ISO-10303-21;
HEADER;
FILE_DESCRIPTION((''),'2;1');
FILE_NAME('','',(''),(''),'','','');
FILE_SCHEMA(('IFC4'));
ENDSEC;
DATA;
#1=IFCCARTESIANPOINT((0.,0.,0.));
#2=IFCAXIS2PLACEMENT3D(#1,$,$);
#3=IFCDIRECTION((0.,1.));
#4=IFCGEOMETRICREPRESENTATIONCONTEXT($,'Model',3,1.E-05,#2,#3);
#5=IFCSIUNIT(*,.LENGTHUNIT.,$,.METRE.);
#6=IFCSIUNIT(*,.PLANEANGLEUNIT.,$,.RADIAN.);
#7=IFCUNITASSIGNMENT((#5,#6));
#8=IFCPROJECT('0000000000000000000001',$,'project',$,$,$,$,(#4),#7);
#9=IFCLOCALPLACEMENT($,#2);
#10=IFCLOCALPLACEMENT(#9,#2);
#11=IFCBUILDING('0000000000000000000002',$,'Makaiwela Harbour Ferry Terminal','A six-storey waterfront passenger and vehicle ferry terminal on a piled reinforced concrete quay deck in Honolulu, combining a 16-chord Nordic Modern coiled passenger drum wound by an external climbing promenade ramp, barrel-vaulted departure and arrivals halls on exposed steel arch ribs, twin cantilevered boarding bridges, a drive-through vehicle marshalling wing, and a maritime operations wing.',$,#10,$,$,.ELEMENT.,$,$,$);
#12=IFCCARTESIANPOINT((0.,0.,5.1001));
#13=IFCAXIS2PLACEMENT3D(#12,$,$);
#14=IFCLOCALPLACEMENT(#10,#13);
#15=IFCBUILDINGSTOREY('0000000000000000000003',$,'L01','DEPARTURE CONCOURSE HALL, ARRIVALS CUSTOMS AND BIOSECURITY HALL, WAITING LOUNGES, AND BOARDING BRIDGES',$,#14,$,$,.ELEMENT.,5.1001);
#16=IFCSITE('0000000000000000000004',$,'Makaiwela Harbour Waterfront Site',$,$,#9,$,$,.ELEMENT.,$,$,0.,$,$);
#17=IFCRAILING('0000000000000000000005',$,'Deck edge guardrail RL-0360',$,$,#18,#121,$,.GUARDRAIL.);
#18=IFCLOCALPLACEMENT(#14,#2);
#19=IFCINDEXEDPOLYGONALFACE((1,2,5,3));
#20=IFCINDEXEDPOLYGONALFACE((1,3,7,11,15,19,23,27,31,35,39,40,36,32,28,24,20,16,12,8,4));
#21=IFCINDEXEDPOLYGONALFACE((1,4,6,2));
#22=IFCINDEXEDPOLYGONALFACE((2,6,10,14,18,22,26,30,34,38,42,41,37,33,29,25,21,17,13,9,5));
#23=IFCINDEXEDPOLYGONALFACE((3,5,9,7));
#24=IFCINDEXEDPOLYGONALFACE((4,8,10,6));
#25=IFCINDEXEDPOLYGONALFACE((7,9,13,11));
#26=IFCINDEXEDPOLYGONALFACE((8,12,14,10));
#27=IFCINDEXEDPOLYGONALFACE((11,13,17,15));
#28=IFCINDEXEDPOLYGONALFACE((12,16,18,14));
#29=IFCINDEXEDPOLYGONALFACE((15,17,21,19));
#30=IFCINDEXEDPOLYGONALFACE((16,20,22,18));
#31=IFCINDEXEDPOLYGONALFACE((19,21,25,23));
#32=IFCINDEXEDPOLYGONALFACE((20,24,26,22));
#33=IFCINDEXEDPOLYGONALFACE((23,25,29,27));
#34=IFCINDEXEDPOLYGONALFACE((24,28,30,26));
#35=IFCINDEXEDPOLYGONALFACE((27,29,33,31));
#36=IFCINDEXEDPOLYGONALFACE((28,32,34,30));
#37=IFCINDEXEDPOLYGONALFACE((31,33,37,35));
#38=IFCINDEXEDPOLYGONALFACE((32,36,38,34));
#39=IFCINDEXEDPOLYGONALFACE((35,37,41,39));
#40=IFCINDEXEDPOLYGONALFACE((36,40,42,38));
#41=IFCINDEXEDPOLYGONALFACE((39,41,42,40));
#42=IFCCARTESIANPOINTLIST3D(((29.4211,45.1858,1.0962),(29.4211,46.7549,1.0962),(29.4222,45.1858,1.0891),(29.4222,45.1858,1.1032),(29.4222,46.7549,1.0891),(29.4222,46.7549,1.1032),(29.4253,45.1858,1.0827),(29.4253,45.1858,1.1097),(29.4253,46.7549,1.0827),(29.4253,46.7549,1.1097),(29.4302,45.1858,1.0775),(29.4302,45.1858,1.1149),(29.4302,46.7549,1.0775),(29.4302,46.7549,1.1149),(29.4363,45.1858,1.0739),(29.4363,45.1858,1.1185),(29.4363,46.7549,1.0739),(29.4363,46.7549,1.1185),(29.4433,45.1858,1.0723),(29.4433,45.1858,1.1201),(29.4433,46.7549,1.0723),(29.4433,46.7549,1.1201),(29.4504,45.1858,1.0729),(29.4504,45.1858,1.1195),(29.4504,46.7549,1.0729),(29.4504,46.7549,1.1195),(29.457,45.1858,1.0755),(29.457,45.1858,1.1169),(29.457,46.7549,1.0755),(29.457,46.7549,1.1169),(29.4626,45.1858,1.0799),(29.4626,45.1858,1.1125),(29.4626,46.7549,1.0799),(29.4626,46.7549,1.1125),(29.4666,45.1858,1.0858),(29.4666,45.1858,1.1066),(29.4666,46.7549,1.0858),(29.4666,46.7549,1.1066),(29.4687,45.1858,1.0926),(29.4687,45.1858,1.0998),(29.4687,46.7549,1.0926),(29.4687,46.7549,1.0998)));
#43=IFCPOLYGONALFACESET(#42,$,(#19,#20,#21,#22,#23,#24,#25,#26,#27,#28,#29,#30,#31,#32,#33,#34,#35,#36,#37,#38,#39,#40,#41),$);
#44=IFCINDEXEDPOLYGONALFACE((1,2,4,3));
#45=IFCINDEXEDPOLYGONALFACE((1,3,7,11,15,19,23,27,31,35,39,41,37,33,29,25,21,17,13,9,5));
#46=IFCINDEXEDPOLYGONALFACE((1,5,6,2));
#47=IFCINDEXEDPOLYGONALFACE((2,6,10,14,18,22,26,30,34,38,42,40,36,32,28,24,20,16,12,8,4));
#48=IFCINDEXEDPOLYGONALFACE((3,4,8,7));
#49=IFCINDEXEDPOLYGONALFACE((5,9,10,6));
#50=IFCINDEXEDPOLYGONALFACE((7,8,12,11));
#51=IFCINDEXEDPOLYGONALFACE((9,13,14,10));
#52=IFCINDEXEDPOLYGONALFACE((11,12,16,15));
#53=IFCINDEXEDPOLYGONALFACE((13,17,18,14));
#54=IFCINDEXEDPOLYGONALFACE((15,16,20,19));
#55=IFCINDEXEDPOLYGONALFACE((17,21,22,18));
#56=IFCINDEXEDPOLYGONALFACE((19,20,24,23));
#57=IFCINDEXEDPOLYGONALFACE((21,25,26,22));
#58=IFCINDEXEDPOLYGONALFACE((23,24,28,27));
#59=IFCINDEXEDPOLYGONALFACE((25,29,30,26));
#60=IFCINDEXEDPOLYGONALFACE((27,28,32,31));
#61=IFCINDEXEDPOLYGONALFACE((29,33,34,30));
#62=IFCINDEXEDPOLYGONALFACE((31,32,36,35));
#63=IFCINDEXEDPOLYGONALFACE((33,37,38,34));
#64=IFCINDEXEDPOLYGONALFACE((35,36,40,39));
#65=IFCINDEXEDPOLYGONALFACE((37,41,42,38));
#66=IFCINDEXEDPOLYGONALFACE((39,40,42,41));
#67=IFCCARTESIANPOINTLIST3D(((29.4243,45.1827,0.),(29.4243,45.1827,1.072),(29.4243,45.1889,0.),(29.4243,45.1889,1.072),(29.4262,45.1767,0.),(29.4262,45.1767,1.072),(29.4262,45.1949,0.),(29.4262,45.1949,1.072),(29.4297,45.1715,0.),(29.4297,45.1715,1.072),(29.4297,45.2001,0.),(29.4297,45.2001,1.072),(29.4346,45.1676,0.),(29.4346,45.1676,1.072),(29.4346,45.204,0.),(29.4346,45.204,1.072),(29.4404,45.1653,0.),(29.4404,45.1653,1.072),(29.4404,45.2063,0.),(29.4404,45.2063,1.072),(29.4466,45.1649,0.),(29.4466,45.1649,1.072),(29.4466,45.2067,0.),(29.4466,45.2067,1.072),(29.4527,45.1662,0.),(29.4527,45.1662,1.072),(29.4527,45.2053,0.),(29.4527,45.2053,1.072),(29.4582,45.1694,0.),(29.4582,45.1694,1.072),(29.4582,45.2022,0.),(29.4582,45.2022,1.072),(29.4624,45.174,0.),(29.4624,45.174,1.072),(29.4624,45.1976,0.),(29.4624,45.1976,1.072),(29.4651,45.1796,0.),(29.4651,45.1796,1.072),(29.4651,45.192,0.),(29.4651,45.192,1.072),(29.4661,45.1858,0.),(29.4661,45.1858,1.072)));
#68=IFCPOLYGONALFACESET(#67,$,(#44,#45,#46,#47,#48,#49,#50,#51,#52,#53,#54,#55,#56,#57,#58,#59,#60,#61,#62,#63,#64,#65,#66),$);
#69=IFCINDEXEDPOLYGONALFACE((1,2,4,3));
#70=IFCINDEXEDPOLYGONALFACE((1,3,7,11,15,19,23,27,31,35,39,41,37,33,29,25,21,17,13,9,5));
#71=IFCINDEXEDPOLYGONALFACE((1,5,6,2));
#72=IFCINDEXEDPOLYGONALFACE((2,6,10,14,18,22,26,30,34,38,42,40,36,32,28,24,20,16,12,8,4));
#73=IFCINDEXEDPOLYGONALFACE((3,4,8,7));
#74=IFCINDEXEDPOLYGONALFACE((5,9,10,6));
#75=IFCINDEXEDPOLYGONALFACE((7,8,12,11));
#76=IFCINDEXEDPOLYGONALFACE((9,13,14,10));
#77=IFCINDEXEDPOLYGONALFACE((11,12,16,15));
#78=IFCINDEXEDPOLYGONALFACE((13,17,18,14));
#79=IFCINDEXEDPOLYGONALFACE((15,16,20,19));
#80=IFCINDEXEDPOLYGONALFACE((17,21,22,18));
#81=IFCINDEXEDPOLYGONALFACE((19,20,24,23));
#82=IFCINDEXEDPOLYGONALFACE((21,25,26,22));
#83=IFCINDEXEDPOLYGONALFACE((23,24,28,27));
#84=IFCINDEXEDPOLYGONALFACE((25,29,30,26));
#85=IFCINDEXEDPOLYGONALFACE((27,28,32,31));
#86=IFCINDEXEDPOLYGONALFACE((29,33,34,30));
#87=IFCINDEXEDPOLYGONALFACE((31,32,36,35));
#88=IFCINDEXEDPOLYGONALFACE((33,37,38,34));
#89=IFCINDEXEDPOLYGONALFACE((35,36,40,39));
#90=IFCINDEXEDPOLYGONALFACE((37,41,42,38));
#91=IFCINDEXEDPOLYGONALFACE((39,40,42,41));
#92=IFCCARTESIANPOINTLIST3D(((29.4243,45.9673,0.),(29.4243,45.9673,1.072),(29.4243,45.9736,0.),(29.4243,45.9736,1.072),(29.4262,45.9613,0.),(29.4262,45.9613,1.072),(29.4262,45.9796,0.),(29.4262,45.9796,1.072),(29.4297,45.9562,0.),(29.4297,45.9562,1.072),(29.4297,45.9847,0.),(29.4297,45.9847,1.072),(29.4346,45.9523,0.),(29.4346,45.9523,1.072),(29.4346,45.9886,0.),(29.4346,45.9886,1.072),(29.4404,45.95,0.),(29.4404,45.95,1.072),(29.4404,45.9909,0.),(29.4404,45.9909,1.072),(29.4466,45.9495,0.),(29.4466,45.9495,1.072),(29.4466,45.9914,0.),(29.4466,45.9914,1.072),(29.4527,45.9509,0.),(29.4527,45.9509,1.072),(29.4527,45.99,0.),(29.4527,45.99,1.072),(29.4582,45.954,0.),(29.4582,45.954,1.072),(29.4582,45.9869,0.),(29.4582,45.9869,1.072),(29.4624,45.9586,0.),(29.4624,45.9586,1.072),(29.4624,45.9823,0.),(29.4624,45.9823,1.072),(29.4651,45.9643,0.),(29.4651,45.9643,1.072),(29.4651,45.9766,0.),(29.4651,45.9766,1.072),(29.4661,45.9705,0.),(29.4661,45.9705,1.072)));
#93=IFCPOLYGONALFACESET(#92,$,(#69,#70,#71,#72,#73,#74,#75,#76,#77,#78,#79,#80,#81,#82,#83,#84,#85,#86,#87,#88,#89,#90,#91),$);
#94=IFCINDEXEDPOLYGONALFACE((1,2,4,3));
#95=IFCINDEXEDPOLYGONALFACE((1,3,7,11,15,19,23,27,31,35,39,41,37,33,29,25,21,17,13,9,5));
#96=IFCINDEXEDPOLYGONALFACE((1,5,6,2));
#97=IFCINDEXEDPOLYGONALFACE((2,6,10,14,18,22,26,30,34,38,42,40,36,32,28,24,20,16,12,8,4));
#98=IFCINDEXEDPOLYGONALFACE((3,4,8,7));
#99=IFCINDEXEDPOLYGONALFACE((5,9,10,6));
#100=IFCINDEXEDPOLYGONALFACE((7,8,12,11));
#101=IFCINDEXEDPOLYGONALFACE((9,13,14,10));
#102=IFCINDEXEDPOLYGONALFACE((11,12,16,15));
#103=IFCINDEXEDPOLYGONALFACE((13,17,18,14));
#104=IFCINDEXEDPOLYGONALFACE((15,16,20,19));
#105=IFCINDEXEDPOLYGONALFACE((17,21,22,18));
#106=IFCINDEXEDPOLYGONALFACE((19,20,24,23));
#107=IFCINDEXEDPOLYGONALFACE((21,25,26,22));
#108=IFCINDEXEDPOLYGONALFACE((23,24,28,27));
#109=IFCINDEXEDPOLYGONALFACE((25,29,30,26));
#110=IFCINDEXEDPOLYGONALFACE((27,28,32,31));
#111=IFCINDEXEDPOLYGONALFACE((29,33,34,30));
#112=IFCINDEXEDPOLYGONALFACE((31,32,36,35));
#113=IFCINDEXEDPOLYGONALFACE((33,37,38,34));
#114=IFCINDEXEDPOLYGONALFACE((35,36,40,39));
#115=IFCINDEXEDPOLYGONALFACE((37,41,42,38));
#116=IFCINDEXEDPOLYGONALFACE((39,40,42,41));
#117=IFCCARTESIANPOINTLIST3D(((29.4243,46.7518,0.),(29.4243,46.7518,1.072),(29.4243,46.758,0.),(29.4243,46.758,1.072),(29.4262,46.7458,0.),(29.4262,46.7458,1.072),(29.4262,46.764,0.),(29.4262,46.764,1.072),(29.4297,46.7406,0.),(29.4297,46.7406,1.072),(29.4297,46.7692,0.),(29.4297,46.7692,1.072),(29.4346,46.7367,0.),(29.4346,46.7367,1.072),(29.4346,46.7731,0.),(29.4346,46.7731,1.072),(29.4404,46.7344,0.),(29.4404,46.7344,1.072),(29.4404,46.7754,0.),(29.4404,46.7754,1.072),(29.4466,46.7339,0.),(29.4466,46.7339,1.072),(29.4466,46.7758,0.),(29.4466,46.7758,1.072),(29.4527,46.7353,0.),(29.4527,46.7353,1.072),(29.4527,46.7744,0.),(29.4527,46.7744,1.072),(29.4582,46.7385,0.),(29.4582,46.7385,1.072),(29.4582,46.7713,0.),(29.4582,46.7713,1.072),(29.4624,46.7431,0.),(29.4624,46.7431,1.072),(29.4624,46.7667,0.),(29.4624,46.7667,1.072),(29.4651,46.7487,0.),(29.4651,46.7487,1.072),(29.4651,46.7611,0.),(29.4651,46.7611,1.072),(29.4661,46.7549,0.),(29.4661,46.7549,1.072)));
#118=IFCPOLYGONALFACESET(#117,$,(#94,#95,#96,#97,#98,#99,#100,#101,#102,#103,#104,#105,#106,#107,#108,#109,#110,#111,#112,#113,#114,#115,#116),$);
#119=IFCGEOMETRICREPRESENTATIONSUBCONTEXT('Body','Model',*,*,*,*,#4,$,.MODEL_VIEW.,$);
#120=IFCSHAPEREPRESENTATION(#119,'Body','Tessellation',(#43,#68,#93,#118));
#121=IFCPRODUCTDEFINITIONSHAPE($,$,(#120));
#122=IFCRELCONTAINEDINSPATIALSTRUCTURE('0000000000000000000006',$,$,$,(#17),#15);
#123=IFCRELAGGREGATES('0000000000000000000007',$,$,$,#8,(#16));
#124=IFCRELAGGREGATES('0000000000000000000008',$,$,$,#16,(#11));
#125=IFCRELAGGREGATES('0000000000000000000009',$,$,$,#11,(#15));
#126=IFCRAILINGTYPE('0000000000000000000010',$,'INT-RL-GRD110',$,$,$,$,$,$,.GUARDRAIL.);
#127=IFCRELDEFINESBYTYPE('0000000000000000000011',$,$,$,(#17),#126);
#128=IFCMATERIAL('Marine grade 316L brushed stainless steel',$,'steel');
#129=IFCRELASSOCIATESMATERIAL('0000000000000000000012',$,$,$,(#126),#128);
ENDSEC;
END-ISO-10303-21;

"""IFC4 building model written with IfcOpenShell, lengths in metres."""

from ifc_helpers import new_model, si_unit, direction, frame, origin, origin_2d, place, context, subcontext, project, spatial, circle, extrude, material, type_object, element, save


model = new_model("IFC4")

# Units and contexts
model_context = context("Model", 3, precision=1e-05, world=origin(), true_north=direction((0.0, 1.0)))
body_context = subcontext(model_context, "Body", "Model", "MODEL_VIEW")
ifc_project = project(units=[si_unit("LENGTHUNIT", "METRE"), si_unit("PLANEANGLEUNIT", "RADIAN")], contexts=[model_context])

# Site, building, storey
site_placement = place(None, origin())
site = spatial("IfcSite", under=ifc_project, at=site_placement, Name="Makaiwela Harbour Waterfront Site", CompositionType="ELEMENT", RefElevation=0.0)
building_placement = place(site_placement, origin())
building = spatial("IfcBuilding", under=site, at=building_placement, Name="Makaiwela Harbour Ferry Terminal", Description="A six-storey waterfront passenger and vehicle ferry terminal on a piled reinforced concrete quay deck in Honolulu, combining a 16-chord Nordic Modern coiled passenger drum wound by an external climbing promenade ramp, barrel-vaulted departure and arrivals halls on exposed steel arch ribs, twin cantilevered boarding bridges, a drive-through vehicle marshalling wing, and a maritime operations wing.", CompositionType="ELEMENT")
storey_placement = place(building_placement, frame((0.0, 0.0, 5.1001)))
storey = spatial("IfcBuildingStorey", under=building, at=storey_placement, Name="L01", Description="DEPARTURE CONCOURSE HALL, ARRIVALS CUSTOMS AND BIOSECURITY HALL, WAITING LOUNGES, AND BOARDING BRIDGES", CompositionType="ELEMENT", Elevation=5.1001)

# Railing
ifc_material_1 = material(Name="Marine grade 316L brushed stainless steel", Category="steel")
railing_type = type_object("IfcRailingType", Name="INT-RL-GRD110", PredefinedType="GUARDRAIL", material=ifc_material_1)
railing_1_placement = place(storey_placement, frame((29.4451, 45.1858, 0.0)))
element("IfcRailing", 1, at=railing_1_placement, inside=storey, type_object=railing_type, Name="Deck edge guardrail RL-0360", PredefinedType="GUARDRAIL", context=body_context, shape_type="SweptSolid", body=[
    extrude(circle(Radius=0.0239, at=origin_2d()), frame((0.0, 0.0, 1.0962), z_axis=(0.0, 1.0, 0.0), x_axis=(-1.0, 0.0, 0.0)), (0.0, 0.0, 1.0), 1.5691),
    extrude(circle(Radius=0.021, at=origin_2d()), origin(), (0.0, 0.0, 1.0), 1.072),
    extrude(circle(Radius=0.021, at=origin_2d()), frame((0.0, 0.7847, 0.0)), (0.0, 0.0, 1.0), 1.072),
    extrude(circle(Radius=0.021, at=origin_2d()), frame((0.0, 1.5691, 0.0)), (0.0, 0.0, 1.0), 1.072),
])

save(model, "model.ifc")
